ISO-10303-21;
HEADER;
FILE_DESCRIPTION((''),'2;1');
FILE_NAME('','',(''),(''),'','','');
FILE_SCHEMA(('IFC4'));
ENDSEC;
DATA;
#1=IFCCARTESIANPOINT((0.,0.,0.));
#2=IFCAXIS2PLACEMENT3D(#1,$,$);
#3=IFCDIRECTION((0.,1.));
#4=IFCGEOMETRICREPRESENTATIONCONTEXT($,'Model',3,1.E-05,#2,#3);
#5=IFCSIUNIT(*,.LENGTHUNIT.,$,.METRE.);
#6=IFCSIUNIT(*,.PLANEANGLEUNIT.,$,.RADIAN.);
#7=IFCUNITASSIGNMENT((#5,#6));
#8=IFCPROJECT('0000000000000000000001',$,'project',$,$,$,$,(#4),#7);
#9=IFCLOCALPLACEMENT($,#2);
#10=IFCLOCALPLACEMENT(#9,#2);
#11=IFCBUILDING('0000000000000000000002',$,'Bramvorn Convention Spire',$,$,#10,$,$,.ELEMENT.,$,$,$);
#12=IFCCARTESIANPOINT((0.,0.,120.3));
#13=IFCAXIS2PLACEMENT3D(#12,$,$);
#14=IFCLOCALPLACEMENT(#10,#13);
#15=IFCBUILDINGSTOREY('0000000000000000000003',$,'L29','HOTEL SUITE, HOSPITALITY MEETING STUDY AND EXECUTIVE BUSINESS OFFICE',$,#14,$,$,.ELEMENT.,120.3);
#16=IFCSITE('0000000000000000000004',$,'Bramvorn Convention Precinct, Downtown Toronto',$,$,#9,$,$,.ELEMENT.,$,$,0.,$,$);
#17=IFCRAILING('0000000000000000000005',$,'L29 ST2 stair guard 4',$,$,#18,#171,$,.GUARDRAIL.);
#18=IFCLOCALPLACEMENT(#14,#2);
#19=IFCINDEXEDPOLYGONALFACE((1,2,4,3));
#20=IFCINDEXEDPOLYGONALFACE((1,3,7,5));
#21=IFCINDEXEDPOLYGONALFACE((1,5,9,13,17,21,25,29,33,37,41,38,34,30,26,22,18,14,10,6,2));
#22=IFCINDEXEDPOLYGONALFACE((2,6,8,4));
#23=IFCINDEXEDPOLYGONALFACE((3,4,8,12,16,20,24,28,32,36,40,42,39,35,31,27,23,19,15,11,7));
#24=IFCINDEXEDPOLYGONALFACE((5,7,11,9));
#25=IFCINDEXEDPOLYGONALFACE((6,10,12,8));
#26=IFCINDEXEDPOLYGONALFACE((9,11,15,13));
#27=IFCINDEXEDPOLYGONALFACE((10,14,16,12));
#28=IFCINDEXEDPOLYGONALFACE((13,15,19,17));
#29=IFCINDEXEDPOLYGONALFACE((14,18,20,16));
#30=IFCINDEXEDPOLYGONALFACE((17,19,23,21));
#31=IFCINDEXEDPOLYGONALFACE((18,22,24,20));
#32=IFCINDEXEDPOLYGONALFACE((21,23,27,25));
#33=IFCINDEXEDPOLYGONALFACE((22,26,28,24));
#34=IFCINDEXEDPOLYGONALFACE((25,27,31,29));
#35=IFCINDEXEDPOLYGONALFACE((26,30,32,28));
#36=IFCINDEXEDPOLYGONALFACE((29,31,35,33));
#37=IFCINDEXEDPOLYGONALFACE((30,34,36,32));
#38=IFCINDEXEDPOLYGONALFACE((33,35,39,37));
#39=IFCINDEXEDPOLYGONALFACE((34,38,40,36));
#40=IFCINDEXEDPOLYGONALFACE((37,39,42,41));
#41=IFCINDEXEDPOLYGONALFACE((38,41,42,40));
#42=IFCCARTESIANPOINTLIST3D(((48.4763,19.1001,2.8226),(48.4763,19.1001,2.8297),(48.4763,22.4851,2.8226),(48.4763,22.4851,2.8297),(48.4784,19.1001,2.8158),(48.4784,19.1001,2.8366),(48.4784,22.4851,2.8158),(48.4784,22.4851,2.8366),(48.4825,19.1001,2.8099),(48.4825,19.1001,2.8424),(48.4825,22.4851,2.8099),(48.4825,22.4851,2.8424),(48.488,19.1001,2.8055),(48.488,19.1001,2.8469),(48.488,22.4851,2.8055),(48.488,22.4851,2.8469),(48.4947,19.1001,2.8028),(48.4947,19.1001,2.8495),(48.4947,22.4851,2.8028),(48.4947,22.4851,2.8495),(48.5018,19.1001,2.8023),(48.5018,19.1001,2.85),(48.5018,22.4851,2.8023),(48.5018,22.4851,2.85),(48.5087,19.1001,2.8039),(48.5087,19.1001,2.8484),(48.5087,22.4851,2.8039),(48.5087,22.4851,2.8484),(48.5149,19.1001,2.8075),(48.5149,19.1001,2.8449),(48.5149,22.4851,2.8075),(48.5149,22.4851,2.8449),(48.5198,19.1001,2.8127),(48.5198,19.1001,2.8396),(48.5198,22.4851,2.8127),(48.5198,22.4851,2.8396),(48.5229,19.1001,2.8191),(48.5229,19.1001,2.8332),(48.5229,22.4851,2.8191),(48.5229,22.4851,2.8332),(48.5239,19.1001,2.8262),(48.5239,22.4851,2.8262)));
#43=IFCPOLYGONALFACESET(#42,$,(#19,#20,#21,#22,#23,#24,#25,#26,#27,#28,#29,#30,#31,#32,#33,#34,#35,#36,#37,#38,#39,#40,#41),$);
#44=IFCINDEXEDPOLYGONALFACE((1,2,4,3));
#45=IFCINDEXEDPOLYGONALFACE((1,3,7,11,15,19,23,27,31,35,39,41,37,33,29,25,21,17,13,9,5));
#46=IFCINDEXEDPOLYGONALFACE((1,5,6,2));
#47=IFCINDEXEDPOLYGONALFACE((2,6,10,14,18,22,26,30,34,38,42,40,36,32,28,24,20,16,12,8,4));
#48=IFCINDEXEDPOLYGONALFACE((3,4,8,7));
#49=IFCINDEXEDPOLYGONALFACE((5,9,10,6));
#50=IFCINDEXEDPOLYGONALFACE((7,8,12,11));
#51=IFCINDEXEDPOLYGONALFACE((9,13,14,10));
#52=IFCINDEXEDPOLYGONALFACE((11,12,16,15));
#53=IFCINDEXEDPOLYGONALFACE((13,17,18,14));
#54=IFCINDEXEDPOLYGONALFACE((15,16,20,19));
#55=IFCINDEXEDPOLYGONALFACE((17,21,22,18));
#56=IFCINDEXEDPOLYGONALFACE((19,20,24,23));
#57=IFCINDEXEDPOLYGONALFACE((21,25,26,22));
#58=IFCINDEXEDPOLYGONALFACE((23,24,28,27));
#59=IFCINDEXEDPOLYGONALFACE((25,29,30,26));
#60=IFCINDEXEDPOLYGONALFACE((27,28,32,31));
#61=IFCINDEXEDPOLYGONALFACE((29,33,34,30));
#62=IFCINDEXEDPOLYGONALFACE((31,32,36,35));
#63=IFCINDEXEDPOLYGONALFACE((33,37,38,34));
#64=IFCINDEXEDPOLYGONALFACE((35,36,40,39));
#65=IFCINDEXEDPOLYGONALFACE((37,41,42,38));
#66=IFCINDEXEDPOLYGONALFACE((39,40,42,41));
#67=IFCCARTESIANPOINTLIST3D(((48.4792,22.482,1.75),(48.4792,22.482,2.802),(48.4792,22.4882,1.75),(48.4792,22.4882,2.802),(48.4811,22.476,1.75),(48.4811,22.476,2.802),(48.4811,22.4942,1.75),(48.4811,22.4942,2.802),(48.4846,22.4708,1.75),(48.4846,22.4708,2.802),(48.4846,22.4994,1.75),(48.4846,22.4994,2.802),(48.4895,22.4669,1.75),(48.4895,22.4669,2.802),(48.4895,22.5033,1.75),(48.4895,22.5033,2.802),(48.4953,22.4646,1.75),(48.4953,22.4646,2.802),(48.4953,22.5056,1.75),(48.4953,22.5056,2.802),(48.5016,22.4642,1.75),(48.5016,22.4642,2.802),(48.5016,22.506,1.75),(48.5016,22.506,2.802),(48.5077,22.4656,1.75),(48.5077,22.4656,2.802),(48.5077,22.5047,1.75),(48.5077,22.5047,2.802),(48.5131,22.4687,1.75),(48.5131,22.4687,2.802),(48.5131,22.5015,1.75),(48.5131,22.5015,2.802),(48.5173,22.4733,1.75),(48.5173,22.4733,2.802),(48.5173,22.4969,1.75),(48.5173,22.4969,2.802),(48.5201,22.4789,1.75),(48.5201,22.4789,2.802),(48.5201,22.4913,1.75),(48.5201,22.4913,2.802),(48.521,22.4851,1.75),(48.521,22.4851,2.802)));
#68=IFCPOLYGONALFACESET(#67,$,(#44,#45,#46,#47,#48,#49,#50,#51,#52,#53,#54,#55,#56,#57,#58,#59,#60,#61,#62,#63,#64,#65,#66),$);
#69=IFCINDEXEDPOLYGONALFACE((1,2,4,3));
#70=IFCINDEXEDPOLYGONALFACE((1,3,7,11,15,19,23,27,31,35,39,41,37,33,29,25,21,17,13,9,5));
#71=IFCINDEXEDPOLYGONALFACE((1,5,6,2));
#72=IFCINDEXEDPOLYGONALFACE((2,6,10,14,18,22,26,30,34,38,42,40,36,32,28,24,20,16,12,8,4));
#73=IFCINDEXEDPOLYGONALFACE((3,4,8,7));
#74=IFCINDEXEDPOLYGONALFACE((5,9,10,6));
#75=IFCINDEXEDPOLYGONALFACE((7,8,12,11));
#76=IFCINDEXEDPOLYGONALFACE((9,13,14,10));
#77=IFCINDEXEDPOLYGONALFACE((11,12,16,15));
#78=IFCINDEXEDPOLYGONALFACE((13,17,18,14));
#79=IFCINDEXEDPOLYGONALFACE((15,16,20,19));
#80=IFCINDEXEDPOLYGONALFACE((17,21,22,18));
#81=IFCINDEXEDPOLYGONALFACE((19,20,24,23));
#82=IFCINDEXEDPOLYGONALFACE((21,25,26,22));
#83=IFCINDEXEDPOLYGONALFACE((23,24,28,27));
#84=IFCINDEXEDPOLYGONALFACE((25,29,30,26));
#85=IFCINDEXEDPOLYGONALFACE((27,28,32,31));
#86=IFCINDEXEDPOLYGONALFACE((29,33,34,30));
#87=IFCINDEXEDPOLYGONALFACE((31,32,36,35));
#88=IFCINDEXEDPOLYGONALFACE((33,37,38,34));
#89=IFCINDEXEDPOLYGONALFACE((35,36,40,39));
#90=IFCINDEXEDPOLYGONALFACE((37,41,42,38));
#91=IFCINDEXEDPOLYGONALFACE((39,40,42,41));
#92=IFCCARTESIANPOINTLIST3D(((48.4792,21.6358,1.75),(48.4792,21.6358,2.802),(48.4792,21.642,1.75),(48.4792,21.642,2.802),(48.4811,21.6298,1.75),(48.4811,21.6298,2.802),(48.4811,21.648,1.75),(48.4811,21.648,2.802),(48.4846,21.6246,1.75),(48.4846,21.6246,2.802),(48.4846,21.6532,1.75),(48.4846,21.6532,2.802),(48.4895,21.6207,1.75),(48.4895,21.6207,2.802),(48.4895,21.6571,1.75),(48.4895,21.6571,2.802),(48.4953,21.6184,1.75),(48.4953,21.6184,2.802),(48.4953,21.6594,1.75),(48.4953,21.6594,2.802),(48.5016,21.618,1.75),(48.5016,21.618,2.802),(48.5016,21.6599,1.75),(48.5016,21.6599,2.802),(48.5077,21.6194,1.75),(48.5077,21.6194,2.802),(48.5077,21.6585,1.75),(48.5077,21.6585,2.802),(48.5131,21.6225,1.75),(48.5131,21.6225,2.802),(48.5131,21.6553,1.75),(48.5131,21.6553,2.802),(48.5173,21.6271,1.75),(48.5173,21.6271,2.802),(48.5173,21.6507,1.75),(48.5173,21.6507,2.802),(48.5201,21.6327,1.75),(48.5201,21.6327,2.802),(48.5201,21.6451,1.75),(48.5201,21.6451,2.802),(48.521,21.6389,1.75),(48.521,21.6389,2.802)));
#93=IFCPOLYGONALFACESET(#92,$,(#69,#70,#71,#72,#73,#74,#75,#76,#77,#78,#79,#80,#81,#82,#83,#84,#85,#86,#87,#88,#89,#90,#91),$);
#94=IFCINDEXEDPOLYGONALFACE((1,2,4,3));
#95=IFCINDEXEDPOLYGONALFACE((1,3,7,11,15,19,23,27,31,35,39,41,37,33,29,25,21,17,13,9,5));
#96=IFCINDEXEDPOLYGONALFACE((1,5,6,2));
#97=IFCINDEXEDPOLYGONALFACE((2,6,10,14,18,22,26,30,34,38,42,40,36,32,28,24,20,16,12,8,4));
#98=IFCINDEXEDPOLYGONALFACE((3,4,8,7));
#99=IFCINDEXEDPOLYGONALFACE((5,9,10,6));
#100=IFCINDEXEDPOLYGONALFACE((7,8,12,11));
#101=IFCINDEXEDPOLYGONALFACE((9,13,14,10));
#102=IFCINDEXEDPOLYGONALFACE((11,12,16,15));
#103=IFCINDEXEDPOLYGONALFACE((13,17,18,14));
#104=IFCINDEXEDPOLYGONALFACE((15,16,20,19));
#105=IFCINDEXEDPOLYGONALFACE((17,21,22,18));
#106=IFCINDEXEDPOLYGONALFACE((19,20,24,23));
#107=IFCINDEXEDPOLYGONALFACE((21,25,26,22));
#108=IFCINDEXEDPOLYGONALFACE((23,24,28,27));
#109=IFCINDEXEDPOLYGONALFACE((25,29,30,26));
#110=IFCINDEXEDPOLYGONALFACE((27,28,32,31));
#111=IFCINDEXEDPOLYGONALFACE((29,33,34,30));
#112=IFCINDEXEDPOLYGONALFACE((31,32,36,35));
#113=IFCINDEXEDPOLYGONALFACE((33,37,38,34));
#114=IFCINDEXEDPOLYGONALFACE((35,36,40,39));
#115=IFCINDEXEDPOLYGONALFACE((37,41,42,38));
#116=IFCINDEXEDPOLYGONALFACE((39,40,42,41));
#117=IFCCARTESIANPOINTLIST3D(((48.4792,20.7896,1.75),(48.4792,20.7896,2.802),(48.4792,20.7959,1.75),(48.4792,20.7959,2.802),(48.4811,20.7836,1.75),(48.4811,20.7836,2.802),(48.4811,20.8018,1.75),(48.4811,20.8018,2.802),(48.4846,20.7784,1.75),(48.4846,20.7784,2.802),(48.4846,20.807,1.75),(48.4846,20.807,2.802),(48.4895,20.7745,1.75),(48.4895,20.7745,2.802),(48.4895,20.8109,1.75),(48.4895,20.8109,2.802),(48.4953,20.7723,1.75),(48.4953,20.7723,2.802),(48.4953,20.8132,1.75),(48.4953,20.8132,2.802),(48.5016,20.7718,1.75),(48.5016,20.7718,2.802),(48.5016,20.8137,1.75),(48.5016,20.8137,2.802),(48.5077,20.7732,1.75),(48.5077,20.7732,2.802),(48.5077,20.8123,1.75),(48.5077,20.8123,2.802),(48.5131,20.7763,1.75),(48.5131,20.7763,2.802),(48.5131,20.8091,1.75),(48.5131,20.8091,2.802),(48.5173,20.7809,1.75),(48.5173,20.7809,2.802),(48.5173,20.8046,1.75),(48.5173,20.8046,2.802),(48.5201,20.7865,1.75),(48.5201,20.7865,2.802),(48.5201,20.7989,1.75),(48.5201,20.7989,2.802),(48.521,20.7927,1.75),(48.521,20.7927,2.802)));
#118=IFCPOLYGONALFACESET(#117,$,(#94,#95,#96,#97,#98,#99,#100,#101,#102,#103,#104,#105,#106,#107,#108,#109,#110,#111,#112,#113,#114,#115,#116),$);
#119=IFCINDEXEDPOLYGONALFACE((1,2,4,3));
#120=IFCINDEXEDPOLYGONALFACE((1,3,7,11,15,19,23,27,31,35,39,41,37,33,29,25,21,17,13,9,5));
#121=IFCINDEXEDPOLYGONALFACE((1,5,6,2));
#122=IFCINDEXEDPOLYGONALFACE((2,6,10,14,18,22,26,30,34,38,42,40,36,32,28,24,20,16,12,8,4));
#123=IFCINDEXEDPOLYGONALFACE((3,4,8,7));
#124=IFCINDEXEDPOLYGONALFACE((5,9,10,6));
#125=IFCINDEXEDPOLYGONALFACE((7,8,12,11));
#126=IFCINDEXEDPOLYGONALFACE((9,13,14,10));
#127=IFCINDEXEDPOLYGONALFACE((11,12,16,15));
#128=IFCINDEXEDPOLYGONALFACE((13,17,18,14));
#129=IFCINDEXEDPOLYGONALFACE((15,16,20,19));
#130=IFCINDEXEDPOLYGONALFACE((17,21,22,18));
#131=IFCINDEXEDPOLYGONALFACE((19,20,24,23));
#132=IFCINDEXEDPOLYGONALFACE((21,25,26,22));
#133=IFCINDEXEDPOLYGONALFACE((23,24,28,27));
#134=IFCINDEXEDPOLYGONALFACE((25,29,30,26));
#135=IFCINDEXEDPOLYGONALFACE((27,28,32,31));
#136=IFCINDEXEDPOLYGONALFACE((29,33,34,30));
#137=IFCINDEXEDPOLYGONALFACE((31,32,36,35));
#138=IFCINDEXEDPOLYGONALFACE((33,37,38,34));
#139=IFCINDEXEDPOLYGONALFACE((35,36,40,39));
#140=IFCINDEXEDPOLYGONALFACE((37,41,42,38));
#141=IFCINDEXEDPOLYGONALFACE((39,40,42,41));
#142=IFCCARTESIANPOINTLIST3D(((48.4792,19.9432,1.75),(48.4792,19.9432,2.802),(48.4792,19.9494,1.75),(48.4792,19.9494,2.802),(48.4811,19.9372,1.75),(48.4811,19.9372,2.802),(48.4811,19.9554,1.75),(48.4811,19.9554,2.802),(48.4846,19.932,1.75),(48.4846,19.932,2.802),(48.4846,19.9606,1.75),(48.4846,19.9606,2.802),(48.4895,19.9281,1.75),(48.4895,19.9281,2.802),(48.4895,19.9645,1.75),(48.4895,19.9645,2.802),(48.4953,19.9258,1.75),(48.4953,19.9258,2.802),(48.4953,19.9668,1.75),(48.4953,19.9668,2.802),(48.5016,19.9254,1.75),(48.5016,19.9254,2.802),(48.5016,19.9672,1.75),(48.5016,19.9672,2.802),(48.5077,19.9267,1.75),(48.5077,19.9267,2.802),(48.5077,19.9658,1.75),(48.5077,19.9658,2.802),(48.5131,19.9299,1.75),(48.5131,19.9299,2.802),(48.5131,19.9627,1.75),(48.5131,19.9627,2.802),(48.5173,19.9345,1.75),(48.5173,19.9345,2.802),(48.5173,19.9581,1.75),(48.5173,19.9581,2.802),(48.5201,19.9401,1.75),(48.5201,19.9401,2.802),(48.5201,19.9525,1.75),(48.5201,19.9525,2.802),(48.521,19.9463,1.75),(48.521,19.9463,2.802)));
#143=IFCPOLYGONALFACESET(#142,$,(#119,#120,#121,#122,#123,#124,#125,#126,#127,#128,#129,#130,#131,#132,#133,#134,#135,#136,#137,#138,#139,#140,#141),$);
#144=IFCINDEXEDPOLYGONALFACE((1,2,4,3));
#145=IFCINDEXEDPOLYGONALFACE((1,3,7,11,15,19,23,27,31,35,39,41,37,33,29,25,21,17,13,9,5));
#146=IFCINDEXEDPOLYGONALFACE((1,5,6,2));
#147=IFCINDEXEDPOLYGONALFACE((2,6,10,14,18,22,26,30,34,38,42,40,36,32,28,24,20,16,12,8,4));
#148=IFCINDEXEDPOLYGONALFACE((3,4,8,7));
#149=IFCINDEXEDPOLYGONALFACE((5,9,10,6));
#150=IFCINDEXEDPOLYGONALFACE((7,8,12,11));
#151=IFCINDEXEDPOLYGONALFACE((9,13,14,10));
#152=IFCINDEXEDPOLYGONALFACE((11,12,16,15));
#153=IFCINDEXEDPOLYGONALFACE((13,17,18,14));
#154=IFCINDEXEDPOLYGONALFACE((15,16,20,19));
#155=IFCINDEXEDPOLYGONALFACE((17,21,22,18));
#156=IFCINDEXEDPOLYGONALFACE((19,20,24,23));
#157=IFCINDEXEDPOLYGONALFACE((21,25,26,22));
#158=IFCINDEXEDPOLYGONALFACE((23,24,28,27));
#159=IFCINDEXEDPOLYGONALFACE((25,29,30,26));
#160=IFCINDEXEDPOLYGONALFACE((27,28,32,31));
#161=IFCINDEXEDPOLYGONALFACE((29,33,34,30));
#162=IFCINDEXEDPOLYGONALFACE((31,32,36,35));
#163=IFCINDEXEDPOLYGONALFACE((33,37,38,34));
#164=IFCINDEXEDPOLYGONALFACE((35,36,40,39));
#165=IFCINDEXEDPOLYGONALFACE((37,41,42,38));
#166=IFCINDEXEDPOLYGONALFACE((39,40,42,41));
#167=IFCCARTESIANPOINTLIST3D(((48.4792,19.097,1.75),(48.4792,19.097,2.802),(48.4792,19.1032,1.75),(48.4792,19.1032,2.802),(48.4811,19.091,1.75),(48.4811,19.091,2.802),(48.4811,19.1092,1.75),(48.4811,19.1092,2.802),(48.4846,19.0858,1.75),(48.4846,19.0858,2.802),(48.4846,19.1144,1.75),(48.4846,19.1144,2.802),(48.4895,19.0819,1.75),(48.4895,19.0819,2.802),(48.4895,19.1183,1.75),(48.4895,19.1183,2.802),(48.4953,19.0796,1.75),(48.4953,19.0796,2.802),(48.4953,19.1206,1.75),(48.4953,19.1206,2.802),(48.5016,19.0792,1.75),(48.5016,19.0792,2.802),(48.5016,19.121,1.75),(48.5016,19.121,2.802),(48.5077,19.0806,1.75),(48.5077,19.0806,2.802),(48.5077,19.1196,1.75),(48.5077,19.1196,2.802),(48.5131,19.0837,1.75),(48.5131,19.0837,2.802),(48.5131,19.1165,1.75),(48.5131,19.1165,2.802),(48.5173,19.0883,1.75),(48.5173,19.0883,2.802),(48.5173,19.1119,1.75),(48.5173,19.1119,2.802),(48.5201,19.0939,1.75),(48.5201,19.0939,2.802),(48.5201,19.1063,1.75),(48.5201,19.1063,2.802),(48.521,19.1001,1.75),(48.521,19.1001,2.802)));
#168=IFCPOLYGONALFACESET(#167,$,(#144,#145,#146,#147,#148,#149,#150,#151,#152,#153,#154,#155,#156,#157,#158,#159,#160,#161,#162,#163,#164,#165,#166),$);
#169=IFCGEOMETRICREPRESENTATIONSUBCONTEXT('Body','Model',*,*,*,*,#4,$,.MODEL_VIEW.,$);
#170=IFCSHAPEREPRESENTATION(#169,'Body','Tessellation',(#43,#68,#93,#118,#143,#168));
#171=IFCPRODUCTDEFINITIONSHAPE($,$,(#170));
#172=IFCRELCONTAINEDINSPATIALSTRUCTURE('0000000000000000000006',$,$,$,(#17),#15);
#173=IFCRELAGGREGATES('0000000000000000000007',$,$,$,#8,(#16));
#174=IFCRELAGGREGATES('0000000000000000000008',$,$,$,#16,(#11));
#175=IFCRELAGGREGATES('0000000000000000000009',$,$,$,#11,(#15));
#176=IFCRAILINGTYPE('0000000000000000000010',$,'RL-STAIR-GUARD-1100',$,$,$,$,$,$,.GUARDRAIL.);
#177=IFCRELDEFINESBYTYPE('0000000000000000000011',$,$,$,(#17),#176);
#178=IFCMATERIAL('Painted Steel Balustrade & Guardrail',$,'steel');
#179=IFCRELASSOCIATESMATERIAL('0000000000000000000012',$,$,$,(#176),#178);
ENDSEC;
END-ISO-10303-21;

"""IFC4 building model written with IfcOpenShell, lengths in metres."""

from ifc_helpers import new_model, si_unit, direction, frame, origin, origin_2d, place, context, subcontext, project, spatial, circle, extrude, material, type_object, element, save


model = new_model("IFC4")

# Units and contexts
model_context = context("Model", 3, precision=1e-05, world=origin(), true_north=direction((0.0, 1.0)))
body_context = subcontext(model_context, "Body", "Model", "MODEL_VIEW")
ifc_project = project(units=[si_unit("LENGTHUNIT", "METRE"), si_unit("PLANEANGLEUNIT", "RADIAN")], contexts=[model_context])

# Site, building, storey
site_placement = place(None, origin())
site = spatial("IfcSite", under=ifc_project, at=site_placement, Name="Bramvorn Convention Precinct, Downtown Toronto", CompositionType="ELEMENT", RefElevation=0.0)
building_placement = place(site_placement, origin())
building = spatial("IfcBuilding", under=site, at=building_placement, Name="Bramvorn Convention Spire", CompositionType="ELEMENT")
storey_placement = place(building_placement, frame((0.0, 0.0, 120.3)))
storey = spatial("IfcBuildingStorey", under=building, at=storey_placement, Name="L29", Description="HOTEL SUITE, HOSPITALITY MEETING STUDY AND EXECUTIVE BUSINESS OFFICE", CompositionType="ELEMENT", Elevation=120.3)

# Railing
ifc_material_1 = material(Name="Painted Steel Balustrade & Guardrail", Category="steel")
railing_type_1 = type_object("IfcRailingType", Name="RL-STAIR-GUARD-1100", PredefinedType="GUARDRAIL", material=ifc_material_1)
railing_1_placement = place(storey_placement, frame((48.5, 22.4851, 1.75)))
element("IfcRailing", 1, at=railing_1_placement, inside=storey, type_object=railing_type_1, Name="L29 ST2 stair guard 4", PredefinedType="GUARDRAIL", context=body_context, shape_type="SweptSolid", body=[
    extrude(circle(Radius=0.0239, at=origin_2d()), frame((0.0, 0.0, 1.0762), z_axis=(0.0, -1.0, 0.0), x_axis=(1.0, 0.0, 0.0)), (0.0, 0.0, 1.0), 3.385),
    extrude(circle(Radius=0.021, at=origin_2d()), origin(), (0.0, 0.0, 1.0), 1.052),
    extrude(circle(Radius=0.021, at=origin_2d()), frame((0.0, -0.8462, 0.0)), (0.0, 0.0, 1.0), 1.052),
    extrude(circle(Radius=0.021, at=origin_2d()), frame((0.0, -1.6924, 0.0)), (0.0, 0.0, 1.0), 1.052),
    extrude(circle(Radius=0.021, at=origin_2d()), frame((0.0, -2.5388, 0.0)), (0.0, 0.0, 1.0), 1.052),
    extrude(circle(Radius=0.021, at=origin_2d()), frame((0.0, -3.385, 0.0)), (0.0, 0.0, 1.0), 1.052),
])

save(model, "model.ifc")
